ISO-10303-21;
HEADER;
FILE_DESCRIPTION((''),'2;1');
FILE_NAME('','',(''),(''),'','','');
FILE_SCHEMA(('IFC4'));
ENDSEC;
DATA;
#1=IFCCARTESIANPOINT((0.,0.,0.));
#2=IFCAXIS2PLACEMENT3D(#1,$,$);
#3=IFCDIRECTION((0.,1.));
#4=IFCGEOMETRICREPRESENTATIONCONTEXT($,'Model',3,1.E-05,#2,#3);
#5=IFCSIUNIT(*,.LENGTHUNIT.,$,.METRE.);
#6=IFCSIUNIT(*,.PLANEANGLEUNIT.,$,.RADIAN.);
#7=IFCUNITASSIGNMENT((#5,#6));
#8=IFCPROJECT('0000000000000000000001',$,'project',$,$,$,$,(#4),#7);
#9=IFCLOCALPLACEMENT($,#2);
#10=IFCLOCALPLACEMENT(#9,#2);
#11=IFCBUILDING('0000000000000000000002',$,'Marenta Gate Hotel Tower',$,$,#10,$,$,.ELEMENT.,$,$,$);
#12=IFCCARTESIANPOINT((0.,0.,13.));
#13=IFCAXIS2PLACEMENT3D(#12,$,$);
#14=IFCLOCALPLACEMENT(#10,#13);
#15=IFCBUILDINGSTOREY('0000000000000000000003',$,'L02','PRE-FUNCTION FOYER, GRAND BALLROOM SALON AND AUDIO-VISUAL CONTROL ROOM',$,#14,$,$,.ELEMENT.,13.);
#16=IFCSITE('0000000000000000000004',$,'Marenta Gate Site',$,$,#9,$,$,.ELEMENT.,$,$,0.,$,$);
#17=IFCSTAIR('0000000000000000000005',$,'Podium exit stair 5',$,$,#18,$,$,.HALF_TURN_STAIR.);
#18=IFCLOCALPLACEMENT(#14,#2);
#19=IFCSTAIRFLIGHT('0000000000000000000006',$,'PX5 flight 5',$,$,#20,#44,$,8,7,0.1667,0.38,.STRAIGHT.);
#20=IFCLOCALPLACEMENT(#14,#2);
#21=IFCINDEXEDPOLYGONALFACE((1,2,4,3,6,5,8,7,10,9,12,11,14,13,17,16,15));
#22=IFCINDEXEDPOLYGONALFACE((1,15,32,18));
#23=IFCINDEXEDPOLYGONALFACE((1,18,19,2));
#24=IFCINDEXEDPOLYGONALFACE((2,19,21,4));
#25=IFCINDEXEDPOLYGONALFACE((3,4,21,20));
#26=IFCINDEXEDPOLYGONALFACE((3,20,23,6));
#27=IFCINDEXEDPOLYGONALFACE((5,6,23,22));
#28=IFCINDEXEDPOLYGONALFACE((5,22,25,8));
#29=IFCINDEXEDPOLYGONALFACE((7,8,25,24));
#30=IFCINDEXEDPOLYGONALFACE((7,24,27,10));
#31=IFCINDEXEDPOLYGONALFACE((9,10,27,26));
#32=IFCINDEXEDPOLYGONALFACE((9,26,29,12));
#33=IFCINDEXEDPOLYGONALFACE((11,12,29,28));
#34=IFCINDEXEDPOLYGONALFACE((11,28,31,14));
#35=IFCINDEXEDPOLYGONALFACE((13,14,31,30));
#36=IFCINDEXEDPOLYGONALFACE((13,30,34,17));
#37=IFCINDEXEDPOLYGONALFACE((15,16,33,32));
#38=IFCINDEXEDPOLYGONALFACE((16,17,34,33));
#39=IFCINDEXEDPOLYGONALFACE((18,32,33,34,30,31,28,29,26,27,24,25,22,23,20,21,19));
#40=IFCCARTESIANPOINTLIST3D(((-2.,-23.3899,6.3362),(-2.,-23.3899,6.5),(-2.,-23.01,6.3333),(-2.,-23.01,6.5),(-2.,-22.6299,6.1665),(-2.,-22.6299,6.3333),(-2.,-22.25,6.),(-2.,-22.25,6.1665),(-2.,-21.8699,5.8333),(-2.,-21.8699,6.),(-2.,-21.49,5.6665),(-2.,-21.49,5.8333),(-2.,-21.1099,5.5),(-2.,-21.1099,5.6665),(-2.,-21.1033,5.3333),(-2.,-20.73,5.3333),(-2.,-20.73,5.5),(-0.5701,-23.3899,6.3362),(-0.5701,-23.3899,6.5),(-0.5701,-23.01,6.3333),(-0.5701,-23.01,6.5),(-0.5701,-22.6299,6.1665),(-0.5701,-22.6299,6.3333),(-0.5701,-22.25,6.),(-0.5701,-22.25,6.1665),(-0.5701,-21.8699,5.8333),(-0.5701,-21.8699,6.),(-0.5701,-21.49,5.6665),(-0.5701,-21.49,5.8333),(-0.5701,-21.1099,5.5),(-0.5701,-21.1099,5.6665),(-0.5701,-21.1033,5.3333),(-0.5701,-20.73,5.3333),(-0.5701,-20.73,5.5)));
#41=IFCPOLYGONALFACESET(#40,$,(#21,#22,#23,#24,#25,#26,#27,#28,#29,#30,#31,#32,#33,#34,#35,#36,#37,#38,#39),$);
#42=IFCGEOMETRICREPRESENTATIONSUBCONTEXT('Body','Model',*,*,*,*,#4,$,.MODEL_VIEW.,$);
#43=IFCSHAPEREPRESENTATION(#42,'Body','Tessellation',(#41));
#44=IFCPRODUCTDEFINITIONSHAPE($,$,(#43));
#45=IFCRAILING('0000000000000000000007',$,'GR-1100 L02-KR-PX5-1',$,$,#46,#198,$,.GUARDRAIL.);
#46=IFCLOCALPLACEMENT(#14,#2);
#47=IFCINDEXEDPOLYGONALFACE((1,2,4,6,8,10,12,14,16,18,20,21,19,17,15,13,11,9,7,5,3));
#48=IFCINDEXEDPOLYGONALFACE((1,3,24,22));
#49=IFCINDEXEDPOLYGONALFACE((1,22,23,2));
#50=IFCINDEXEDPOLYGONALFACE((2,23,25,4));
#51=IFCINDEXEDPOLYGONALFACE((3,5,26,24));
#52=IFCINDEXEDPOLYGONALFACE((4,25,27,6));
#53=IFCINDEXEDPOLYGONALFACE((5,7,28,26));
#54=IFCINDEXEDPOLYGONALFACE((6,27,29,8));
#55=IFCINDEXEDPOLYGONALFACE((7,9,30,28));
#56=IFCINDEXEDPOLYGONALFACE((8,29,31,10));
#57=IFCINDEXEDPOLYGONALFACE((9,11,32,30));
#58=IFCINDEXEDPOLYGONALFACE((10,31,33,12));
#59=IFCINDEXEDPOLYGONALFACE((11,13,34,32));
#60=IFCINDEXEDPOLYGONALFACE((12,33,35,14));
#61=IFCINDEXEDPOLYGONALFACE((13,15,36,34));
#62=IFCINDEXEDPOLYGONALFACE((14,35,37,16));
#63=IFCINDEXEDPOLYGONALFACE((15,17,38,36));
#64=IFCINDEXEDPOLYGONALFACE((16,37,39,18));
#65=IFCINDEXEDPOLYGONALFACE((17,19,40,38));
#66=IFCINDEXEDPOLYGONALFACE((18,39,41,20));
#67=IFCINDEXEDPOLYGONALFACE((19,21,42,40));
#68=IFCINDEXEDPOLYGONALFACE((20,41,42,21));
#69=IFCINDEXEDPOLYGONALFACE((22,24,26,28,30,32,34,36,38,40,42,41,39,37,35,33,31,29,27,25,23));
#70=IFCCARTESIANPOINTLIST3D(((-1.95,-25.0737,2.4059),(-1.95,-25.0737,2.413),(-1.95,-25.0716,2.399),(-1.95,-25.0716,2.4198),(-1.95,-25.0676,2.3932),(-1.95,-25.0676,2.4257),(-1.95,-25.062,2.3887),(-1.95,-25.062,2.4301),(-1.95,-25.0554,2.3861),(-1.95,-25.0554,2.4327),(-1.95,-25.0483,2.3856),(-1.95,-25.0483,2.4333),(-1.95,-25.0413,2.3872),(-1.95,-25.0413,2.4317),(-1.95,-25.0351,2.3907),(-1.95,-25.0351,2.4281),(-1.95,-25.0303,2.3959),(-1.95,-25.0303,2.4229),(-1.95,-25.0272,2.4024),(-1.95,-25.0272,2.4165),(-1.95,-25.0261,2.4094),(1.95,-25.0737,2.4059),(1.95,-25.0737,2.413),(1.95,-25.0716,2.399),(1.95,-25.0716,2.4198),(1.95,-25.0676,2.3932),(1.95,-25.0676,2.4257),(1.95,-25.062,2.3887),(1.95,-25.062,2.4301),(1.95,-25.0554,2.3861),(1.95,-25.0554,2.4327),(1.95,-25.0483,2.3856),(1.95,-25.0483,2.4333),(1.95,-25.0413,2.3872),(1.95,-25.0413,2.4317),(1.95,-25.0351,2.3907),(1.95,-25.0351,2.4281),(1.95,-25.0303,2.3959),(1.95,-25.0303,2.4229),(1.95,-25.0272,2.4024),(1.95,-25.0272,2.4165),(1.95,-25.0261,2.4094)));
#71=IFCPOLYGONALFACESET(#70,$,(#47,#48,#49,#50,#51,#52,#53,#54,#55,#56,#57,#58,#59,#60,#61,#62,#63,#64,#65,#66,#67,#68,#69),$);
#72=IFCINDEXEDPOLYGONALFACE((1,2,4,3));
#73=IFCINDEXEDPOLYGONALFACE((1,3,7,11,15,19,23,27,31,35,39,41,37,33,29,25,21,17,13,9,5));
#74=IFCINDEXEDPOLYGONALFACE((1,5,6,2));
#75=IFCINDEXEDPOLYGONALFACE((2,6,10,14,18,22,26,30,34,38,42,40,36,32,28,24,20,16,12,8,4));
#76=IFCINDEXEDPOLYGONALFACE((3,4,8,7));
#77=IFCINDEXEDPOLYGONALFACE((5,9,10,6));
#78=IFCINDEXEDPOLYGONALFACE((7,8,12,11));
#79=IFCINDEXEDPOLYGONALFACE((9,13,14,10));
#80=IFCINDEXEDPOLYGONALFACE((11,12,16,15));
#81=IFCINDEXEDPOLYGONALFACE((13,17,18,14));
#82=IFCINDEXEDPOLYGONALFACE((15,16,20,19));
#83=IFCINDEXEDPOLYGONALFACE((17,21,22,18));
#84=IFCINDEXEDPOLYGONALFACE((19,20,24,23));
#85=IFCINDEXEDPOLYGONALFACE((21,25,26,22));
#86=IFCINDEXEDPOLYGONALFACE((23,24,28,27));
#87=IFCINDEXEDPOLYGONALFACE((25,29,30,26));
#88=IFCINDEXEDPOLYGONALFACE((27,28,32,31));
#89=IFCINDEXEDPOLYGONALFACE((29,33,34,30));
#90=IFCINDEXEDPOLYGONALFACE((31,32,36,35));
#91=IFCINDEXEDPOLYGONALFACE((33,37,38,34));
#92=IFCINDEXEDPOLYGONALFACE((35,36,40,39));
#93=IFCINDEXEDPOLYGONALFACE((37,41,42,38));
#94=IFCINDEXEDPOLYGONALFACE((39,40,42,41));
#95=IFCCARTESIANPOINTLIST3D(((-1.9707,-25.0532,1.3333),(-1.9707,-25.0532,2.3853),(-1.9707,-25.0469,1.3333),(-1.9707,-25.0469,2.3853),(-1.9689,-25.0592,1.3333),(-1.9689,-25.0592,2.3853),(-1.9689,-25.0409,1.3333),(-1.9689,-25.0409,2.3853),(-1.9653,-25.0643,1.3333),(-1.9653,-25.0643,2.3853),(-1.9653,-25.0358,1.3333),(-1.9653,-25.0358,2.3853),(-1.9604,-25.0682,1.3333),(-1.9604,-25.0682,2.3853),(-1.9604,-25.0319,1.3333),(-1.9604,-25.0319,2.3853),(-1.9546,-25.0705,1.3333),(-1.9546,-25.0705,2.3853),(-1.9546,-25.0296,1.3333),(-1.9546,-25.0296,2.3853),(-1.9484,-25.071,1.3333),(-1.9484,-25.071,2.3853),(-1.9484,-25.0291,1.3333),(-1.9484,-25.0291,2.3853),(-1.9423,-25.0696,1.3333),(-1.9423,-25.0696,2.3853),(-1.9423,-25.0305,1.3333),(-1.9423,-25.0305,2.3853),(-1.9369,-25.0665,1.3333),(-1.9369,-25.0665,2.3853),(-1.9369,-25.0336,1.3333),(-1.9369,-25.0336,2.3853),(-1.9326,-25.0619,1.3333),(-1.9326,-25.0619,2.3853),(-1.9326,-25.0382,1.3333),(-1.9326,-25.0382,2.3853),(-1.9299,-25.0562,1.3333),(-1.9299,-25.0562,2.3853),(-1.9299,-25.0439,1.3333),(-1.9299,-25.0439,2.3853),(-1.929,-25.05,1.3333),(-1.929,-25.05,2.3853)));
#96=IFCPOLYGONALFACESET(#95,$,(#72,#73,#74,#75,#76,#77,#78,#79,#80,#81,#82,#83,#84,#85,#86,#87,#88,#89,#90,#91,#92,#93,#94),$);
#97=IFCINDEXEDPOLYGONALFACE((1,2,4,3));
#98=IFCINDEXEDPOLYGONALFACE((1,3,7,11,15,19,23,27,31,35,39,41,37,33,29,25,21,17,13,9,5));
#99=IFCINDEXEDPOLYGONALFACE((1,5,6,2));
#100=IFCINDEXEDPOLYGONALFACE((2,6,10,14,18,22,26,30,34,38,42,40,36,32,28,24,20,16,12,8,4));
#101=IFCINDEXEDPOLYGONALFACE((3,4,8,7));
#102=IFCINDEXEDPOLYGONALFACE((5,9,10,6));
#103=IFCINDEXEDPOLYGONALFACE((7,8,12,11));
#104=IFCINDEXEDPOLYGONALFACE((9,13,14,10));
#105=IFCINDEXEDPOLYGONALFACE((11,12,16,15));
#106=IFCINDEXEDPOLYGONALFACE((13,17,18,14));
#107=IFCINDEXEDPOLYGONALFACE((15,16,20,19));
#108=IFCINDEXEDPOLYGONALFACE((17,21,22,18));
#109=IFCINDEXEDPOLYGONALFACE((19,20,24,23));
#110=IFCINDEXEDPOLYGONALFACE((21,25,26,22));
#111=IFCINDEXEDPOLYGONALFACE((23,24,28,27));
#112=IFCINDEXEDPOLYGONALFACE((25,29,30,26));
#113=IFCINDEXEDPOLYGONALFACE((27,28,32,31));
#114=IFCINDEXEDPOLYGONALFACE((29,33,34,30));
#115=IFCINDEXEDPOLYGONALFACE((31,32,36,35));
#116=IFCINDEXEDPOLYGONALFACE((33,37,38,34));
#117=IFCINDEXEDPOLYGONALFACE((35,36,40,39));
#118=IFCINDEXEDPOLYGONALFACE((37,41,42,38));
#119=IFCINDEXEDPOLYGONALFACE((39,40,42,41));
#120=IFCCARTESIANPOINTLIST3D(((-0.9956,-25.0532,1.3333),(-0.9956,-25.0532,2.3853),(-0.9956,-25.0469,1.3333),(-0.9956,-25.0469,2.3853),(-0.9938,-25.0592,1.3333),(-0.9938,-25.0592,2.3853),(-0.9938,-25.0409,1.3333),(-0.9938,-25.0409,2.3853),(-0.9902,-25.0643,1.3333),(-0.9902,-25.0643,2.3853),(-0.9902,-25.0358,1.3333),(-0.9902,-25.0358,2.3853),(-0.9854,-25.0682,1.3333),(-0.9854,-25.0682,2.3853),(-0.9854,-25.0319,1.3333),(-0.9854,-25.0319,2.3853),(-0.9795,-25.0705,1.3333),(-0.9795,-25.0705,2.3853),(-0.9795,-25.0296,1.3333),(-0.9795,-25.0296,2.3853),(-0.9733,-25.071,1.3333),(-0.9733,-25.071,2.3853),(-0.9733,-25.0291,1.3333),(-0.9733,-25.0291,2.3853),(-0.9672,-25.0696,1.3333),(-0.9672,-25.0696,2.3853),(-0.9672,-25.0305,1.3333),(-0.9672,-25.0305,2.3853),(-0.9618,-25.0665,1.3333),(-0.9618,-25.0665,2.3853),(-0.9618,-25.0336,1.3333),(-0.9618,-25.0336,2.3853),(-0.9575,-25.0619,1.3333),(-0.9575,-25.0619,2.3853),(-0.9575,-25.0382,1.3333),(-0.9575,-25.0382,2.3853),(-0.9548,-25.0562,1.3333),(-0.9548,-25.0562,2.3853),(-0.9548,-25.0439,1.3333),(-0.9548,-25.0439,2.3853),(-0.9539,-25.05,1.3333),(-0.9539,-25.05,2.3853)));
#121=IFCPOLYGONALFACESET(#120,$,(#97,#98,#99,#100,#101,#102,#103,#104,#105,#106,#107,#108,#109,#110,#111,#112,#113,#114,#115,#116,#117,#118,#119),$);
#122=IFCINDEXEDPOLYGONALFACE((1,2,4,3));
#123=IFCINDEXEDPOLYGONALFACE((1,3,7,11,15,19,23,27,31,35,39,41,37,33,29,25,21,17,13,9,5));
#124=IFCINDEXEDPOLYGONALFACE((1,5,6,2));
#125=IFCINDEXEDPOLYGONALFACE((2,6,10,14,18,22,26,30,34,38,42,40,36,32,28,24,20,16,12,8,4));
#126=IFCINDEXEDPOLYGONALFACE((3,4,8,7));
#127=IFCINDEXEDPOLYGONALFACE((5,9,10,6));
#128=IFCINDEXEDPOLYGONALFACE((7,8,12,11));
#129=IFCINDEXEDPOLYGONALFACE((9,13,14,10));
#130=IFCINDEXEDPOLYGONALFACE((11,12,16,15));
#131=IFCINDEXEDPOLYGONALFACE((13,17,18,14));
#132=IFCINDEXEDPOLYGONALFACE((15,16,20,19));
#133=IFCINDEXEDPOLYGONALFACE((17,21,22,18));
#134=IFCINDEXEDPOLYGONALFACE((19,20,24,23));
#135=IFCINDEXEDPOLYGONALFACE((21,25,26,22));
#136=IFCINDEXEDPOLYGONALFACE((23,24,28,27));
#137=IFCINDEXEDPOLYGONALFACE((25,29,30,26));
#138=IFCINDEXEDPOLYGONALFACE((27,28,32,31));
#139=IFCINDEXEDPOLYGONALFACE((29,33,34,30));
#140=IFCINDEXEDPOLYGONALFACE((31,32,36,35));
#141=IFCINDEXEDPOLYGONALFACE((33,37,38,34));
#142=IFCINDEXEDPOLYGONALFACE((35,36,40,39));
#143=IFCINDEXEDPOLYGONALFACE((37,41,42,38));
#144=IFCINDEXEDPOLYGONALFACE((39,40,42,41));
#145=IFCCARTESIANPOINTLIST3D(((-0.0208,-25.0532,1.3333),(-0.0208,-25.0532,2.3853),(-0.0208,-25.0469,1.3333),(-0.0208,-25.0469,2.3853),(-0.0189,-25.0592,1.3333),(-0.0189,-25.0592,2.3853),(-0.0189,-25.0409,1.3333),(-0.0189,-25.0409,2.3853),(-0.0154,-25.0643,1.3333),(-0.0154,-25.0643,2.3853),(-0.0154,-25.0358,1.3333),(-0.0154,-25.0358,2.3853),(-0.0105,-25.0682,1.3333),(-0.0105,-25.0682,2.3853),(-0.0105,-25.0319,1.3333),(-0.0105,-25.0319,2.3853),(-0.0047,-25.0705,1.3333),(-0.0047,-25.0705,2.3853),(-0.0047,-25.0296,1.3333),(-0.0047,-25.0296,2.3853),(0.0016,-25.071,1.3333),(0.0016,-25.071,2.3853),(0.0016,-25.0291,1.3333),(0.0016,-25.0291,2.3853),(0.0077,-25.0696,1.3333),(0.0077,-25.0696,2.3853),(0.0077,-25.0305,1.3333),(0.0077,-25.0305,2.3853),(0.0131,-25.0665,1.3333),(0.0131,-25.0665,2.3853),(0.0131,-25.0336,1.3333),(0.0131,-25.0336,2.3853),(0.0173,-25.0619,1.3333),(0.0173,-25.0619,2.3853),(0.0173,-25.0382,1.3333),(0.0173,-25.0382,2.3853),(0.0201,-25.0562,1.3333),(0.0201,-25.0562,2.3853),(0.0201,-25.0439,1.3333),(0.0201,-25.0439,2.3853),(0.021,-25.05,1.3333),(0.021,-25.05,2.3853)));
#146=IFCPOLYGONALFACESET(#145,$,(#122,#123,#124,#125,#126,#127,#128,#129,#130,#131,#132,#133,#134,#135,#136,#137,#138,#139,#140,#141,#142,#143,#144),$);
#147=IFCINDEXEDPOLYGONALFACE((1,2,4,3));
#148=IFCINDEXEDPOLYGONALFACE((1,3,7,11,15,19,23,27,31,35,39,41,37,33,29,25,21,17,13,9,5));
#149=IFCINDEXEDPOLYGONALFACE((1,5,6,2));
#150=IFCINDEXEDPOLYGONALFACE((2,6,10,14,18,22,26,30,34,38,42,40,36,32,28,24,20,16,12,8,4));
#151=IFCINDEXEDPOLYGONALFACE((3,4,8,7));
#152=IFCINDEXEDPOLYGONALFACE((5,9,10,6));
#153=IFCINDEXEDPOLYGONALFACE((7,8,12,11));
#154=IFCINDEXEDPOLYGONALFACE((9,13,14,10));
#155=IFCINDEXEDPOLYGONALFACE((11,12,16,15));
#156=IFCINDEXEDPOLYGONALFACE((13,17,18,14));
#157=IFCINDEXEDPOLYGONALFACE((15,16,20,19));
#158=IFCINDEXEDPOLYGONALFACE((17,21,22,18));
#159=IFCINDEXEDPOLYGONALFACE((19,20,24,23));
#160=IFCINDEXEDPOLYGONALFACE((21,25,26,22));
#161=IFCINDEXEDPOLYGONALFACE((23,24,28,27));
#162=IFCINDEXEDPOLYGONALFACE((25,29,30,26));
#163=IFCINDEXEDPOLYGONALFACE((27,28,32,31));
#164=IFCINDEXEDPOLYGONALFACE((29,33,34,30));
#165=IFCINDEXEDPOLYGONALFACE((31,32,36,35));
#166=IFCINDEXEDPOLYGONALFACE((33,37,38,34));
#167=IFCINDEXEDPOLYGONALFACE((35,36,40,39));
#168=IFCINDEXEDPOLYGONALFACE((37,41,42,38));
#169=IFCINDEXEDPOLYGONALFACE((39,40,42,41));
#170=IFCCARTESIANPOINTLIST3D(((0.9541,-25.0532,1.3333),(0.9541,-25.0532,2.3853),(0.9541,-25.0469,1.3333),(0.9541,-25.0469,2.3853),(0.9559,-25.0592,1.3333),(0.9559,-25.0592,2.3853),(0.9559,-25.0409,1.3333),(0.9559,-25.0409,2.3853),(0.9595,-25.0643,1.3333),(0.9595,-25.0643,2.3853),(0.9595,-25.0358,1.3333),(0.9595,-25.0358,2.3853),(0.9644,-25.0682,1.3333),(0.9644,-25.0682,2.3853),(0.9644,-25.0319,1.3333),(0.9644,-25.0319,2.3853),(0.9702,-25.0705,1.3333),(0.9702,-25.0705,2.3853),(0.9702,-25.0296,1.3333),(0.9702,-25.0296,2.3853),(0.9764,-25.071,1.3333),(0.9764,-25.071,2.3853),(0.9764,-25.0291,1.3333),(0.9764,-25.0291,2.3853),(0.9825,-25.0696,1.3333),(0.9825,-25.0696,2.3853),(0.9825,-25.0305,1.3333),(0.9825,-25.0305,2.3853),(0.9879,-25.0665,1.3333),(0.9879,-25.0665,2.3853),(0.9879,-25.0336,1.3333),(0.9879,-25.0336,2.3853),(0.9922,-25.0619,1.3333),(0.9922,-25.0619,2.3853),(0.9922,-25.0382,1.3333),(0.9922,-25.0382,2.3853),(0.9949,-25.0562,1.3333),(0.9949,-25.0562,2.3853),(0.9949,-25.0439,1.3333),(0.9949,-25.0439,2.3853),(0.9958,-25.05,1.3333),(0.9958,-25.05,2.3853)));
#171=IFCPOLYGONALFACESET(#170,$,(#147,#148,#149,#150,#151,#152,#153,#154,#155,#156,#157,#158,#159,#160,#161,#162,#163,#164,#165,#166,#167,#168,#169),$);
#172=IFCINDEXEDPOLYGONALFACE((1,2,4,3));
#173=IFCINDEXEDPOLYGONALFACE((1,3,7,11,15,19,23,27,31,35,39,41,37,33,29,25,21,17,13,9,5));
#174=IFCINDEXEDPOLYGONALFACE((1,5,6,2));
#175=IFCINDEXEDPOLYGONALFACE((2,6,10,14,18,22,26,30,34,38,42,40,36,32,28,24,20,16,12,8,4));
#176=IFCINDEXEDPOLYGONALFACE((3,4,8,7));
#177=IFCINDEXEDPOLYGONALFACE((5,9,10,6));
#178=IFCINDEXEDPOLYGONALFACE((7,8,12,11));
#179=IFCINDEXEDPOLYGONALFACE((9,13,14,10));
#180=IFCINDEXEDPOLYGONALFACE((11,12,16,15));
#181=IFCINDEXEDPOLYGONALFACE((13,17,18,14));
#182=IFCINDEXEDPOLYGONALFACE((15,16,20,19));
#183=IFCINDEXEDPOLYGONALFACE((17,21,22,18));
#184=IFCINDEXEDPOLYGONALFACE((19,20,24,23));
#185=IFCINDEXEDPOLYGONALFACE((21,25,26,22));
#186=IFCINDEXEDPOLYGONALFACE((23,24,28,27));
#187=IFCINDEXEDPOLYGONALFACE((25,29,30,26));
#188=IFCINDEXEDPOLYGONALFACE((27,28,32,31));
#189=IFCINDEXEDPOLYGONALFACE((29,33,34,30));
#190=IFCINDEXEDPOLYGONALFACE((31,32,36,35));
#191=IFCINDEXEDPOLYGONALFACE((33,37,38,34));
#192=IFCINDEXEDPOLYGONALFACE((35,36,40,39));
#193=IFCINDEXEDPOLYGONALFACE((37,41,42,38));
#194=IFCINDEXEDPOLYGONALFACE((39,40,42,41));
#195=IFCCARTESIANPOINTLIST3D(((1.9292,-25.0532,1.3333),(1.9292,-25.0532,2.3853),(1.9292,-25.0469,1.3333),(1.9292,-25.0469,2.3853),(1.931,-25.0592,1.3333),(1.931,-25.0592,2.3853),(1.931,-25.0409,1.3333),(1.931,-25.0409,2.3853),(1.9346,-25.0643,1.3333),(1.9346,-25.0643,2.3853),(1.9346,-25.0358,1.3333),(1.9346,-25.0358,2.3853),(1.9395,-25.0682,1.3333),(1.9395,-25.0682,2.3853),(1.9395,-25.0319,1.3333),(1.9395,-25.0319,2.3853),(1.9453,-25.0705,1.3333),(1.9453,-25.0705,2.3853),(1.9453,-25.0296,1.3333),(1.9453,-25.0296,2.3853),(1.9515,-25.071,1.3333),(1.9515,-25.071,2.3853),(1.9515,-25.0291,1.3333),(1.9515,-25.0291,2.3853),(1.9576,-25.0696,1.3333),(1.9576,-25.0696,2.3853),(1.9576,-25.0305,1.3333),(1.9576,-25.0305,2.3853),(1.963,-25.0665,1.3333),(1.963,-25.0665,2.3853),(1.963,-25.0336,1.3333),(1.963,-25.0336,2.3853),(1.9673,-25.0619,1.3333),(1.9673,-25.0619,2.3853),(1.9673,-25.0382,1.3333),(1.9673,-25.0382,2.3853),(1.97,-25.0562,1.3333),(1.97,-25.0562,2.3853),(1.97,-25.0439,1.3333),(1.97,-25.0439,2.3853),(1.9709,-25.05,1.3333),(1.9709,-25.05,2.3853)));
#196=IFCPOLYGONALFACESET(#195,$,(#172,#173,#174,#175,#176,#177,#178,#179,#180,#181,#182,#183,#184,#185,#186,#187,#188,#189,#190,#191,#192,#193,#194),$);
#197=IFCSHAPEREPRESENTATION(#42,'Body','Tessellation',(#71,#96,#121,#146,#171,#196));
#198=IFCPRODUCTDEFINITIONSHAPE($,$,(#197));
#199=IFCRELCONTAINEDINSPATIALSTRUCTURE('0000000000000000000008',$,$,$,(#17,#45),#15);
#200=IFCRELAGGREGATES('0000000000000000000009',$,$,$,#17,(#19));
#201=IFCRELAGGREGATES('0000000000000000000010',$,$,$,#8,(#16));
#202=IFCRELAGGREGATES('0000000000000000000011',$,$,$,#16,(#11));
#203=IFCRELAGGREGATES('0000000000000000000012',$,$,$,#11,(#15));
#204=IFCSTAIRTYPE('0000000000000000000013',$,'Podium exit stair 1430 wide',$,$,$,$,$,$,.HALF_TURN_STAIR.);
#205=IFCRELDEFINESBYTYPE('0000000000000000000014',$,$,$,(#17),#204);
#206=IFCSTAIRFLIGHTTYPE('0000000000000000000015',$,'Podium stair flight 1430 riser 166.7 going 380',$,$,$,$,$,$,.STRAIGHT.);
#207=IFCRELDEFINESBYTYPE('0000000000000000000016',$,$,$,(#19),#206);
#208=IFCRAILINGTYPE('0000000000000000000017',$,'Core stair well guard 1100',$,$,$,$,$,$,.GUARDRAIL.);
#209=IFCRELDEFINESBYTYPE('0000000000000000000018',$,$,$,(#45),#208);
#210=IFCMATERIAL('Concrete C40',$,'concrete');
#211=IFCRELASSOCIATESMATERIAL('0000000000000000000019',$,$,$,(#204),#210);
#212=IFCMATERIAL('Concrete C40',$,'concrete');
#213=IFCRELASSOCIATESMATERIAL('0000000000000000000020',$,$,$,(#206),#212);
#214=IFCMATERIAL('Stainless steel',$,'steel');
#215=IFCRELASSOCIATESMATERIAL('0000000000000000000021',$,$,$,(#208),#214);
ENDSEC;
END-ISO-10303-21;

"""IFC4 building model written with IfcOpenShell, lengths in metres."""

from ifc_helpers import new_model, si_unit, direction, frame, origin, origin_2d, place, context, subcontext, project, spatial, polyline, circle, outline, extrude, material, type_object, element, aggregate, save


model = new_model("IFC4")

# Units and contexts
model_context = context("Model", 3, precision=1e-05, world=origin(), true_north=direction((0.0, 1.0)))
body_context = subcontext(model_context, "Body", "Model", "MODEL_VIEW")
ifc_project = project(units=[si_unit("LENGTHUNIT", "METRE"), si_unit("PLANEANGLEUNIT", "RADIAN")], contexts=[model_context])

# Site, building, storey
site_placement = place(None, origin())
site = spatial("IfcSite", under=ifc_project, at=site_placement, Name="Marenta Gate Site", CompositionType="ELEMENT", RefElevation=0.0)
building_placement = place(site_placement, origin())
building = spatial("IfcBuilding", under=site, at=building_placement, Name="Marenta Gate Hotel Tower", CompositionType="ELEMENT")
storey_placement = place(building_placement, frame((0.0, 0.0, 13.0)))
storey = spatial("IfcBuildingStorey", under=building, at=storey_placement, Name="L02", Description="PRE-FUNCTION FOYER, GRAND BALLROOM SALON AND AUDIO-VISUAL CONTROL ROOM", CompositionType="ELEMENT", Elevation=13.0)

# Stair, stair flight
ifc_material_1 = material(Name="Concrete C40", Category="concrete")
stair_type = type_object("IfcStairType", Name="Podium exit stair 1430 wide", PredefinedType="HALF_TURN_STAIR", material=ifc_material_1)
stair_placement = place(storey_placement, origin())
stair = element("IfcStair", 1, at=stair_placement, inside=storey, type_object=stair_type, Name="Podium exit stair 5", PredefinedType="HALF_TURN_STAIR")
ifc_material_2 = material(Name="Concrete C40", Category="concrete")
stair_flight_type = type_object("IfcStairFlightType", Name="Podium stair flight 1430 riser 166.7 going 380", PredefinedType="STRAIGHT", material=ifc_material_2)
stair_flight_1_placement = place(storey_placement, frame((-1.2849, -20.73, 5.3333), z_axis=(0.0, 0.0, 1.0), x_axis=(0.0, -1.0, 0.0)))
stair_flight_1 = element("IfcStairFlight", 2, at=stair_flight_1_placement, type_object=stair_flight_type, Name="PX5 flight 5", NumberOfRisers=8, NumberOfTreads=7, PredefinedType="STRAIGHT", RiserHeight=0.1667, TreadLength=0.38, context=body_context, shape_type="SweptSolid", body=[
    extrude(outline(polyline([(0.0, 0.0), (0.0, 0.1667), (0.3799, 0.1667), (0.3799, 0.3333), (0.76, 0.3333), (0.76, 0.5), (1.1399, 0.5), (1.1399, 0.6667), (1.52, 0.6667), (1.52, 0.8333), (1.8999, 0.8333), (1.8999, 1.0), (2.28, 1.0), (2.28, 1.1667), (2.6599, 1.1667), (2.6599, 1.3333), (2.6599, 1.0029), (0.3733, 0.0), (0.0, 0.0)])), frame((0.0, 0.7148, 0.0), z_axis=(0.0, -1.0, 0.0), x_axis=(1.0, 0.0, 0.0)), (0.0, 0.0, 1.0), 1.4299),
])
aggregate(stair, [stair_flight_1])

# Railing
ifc_material_3 = material(Name="Stainless steel", Category="steel")
railing_type_1 = type_object("IfcRailingType", Name="Core stair well guard 1100", PredefinedType="GUARDRAIL", material=ifc_material_3)
for number, where, name in (
    (3, (-1.95, -25.05, 1.3333), "GR-1100 L02-KR-PX5-1"),
):
    element("IfcRailing", number, at=place(storey_placement, frame(where)), inside=storey, type_object=railing_type_1, Name=name, PredefinedType="GUARDRAIL", context=body_context, shape_type="SweptSolid", body=[
        extrude(circle(Radius=0.0239, at=origin_2d()), frame((0.0, 0.0, 1.0762), z_axis=(1.0, 0.0, 0.0), x_axis=(0.0, 1.0, 0.0)), (0.0, 0.0, 1.0), 3.8999),
        extrude(circle(Radius=0.021, at=origin_2d()), origin(), (0.0, 0.0, 1.0), 1.052),
        extrude(circle(Radius=0.021, at=origin_2d()), frame((0.9751, 0.0, 0.0)), (0.0, 0.0, 1.0), 1.052),
        extrude(circle(Radius=0.021, at=origin_2d()), frame((1.95, 0.0, 0.0)), (0.0, 0.0, 1.0), 1.052),
        extrude(circle(Radius=0.021, at=origin_2d()), frame((2.9248, 0.0, 0.0)), (0.0, 0.0, 1.0), 1.052),
        extrude(circle(Radius=0.021, at=origin_2d()), frame((3.8999, 0.0, 0.0)), (0.0, 0.0, 1.0), 1.052),
    ])

save(model, "model.ifc")
